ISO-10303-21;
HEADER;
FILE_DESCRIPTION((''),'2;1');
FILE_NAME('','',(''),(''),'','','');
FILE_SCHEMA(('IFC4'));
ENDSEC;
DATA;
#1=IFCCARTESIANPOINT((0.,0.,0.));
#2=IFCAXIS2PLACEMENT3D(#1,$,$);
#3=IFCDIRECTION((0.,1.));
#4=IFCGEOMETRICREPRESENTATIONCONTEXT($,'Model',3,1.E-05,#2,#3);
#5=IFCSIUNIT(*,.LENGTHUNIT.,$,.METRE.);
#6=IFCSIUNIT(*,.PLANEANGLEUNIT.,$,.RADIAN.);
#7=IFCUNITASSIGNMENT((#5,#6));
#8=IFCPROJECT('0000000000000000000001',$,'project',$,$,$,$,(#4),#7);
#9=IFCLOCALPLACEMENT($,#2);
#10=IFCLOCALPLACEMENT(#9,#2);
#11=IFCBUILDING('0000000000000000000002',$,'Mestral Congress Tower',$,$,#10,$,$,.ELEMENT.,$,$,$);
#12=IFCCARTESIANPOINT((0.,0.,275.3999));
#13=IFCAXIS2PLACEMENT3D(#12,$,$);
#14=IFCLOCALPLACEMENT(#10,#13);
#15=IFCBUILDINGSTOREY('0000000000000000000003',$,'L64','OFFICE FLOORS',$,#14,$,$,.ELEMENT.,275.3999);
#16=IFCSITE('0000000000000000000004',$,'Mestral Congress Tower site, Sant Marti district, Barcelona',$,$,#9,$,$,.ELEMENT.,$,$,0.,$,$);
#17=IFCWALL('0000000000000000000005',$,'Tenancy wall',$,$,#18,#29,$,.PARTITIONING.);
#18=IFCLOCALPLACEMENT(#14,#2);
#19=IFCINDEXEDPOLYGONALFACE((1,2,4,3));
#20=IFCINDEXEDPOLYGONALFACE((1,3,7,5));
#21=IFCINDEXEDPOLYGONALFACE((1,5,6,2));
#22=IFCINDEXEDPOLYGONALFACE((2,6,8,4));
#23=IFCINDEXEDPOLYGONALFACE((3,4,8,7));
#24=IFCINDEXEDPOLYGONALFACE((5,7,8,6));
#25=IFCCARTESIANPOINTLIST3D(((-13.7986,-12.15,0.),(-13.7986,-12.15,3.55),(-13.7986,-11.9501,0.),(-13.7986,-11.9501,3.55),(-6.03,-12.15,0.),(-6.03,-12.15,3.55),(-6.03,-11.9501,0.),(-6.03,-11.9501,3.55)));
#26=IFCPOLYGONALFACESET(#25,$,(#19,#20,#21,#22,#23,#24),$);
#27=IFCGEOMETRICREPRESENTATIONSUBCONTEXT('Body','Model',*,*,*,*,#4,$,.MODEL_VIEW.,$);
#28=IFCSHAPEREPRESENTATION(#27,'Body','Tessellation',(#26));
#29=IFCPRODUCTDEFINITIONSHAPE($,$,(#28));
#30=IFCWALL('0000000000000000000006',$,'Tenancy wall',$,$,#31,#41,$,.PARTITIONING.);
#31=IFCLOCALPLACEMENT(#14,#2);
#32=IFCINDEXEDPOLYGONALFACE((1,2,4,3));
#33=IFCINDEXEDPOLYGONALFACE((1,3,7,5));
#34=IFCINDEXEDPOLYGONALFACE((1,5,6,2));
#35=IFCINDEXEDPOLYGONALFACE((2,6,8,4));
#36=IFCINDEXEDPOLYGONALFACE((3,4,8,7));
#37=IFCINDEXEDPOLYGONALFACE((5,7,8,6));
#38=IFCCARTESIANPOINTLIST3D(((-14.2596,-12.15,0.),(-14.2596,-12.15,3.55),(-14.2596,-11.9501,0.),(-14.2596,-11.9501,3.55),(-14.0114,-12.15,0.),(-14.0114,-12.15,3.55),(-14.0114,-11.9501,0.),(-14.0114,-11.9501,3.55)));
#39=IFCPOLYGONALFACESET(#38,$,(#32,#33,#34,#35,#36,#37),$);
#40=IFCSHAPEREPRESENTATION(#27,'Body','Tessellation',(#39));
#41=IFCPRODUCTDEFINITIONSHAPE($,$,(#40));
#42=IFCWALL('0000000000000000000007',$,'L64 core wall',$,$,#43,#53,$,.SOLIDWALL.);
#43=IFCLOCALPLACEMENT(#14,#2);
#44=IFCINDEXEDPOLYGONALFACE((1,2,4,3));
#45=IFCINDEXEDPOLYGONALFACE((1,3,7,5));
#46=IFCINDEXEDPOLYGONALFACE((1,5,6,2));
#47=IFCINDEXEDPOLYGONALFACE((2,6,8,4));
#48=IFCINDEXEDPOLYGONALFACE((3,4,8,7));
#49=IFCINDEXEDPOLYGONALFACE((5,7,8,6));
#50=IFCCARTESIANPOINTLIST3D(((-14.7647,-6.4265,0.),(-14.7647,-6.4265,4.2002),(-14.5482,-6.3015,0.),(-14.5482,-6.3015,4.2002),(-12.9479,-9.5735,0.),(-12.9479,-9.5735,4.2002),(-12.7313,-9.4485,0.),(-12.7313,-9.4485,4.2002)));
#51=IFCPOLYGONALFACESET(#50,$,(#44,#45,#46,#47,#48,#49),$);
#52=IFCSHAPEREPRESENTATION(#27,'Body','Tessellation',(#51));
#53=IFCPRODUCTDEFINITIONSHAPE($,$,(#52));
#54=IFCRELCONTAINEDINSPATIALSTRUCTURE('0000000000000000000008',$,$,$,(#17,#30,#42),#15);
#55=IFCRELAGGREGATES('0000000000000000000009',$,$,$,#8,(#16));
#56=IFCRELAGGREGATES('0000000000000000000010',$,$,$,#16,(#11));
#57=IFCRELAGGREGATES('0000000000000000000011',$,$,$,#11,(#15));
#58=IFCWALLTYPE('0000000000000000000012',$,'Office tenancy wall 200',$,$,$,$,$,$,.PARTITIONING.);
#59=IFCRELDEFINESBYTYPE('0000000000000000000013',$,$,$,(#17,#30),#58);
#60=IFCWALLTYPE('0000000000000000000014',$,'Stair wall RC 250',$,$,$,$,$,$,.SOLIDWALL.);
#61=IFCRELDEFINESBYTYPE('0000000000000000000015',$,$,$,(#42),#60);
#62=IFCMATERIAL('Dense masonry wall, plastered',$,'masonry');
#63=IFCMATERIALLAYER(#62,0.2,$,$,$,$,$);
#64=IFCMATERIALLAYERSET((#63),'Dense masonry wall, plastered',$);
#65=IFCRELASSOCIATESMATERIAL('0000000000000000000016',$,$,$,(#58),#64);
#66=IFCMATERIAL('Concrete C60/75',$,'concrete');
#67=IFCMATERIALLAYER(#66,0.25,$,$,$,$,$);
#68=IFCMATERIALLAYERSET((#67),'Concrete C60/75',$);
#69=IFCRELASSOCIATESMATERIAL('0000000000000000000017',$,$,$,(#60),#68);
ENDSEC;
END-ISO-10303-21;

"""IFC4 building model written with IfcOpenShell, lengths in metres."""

from ifc_helpers import new_model, si_unit, direction, frame, frame_2d, origin, place, context, subcontext, project, spatial, rectangle, extrude, material, layer, layer_set, type_object, element, save


model = new_model("IFC4")

# Units and contexts
model_context = context("Model", 3, precision=1e-05, world=origin(), true_north=direction((0.0, 1.0)))
body_context = subcontext(model_context, "Body", "Model", "MODEL_VIEW")
ifc_project = project(units=[si_unit("LENGTHUNIT", "METRE"), si_unit("PLANEANGLEUNIT", "RADIAN")], contexts=[model_context])

# Site, building, storey
site_placement = place(None, origin())
site = spatial("IfcSite", under=ifc_project, at=site_placement, Name="Mestral Congress Tower site, Sant Marti district, Barcelona", CompositionType="ELEMENT", RefElevation=0.0)
building_placement = place(site_placement, origin())
building = spatial("IfcBuilding", under=site, at=building_placement, Name="Mestral Congress Tower", CompositionType="ELEMENT")
storey_placement = place(building_placement, frame((0.0, 0.0, 275.3999)))
storey = spatial("IfcBuildingStorey", under=building, at=storey_placement, Name="L64", Description="OFFICE FLOORS", CompositionType="ELEMENT", Elevation=275.3999)

# Shared definitions
ifc_material_1 = material(Name="Concrete C60/75", Category="concrete")

# Walls
ifc_material_2 = material(Name="Dense masonry wall, plastered", Category="masonry")
ifc_layer_1 = layer(ifc_material_2, 0.2)
ifc_layer_set_1 = layer_set([ifc_layer_1], Name="Dense masonry wall, plastered")
wall_type_1 = type_object("IfcWallType", Name="Office tenancy wall 200", PredefinedType="PARTITIONING", material=ifc_layer_set_1)
wall_1_placement = place(storey_placement, frame((-13.7986, -12.05, 0.0), z_axis=(0.0, 0.0, 1.0), x_axis=(1.0, 0.0, 0.0)))
element("IfcWall", 1, at=wall_1_placement, inside=storey, type_object=wall_type_1, Name="Tenancy wall", PredefinedType="PARTITIONING", context=body_context, shape_type="SweptSolid", body=[
    extrude(rectangle(XDim=7.7686, YDim=0.2, at=frame_2d((3.8843, 0.0))), origin(), (0.0, 0.0, 1.0), 3.55),
])
wall_2_placement = place(storey_placement, frame((-14.2595, -12.05, 0.0), z_axis=(0.0, 0.0, 1.0), x_axis=(1.0, 0.0, 0.0)))
element("IfcWall", 2, at=wall_2_placement, inside=storey, type_object=wall_type_1, Name="Tenancy wall", PredefinedType="PARTITIONING", context=body_context, shape_type="SweptSolid", body=[
    extrude(rectangle(XDim=0.2483, YDim=0.2, at=frame_2d((0.124, 0.0))), origin(), (0.0, 0.0, 1.0), 3.55),
])
ifc_layer_2 = layer(ifc_material_1, 0.25)
ifc_layer_set_2 = layer_set([ifc_layer_2], Name="Concrete C60/75")
wall_type_2 = type_object("IfcWallType", Name="Stair wall RC 250", PredefinedType="SOLIDWALL", material=ifc_layer_set_2)
wall_3_placement = place(storey_placement, frame((-12.8396, -9.511, 0.0), z_axis=(0.0, 0.0, 1.0), x_axis=(-0.499998, 0.866027, 0.0)))
element("IfcWall", 3, at=wall_3_placement, inside=storey, type_object=wall_type_2, Name="L64 core wall", PredefinedType="SOLIDWALL", context=body_context, shape_type="SweptSolid", body=[
    extrude(rectangle(XDim=3.6338, YDim=0.25, at=frame_2d((1.8169, 0.0))), origin(), (0.0, 0.0, 1.0), 4.2002),
])

save(model, "model.ifc")
